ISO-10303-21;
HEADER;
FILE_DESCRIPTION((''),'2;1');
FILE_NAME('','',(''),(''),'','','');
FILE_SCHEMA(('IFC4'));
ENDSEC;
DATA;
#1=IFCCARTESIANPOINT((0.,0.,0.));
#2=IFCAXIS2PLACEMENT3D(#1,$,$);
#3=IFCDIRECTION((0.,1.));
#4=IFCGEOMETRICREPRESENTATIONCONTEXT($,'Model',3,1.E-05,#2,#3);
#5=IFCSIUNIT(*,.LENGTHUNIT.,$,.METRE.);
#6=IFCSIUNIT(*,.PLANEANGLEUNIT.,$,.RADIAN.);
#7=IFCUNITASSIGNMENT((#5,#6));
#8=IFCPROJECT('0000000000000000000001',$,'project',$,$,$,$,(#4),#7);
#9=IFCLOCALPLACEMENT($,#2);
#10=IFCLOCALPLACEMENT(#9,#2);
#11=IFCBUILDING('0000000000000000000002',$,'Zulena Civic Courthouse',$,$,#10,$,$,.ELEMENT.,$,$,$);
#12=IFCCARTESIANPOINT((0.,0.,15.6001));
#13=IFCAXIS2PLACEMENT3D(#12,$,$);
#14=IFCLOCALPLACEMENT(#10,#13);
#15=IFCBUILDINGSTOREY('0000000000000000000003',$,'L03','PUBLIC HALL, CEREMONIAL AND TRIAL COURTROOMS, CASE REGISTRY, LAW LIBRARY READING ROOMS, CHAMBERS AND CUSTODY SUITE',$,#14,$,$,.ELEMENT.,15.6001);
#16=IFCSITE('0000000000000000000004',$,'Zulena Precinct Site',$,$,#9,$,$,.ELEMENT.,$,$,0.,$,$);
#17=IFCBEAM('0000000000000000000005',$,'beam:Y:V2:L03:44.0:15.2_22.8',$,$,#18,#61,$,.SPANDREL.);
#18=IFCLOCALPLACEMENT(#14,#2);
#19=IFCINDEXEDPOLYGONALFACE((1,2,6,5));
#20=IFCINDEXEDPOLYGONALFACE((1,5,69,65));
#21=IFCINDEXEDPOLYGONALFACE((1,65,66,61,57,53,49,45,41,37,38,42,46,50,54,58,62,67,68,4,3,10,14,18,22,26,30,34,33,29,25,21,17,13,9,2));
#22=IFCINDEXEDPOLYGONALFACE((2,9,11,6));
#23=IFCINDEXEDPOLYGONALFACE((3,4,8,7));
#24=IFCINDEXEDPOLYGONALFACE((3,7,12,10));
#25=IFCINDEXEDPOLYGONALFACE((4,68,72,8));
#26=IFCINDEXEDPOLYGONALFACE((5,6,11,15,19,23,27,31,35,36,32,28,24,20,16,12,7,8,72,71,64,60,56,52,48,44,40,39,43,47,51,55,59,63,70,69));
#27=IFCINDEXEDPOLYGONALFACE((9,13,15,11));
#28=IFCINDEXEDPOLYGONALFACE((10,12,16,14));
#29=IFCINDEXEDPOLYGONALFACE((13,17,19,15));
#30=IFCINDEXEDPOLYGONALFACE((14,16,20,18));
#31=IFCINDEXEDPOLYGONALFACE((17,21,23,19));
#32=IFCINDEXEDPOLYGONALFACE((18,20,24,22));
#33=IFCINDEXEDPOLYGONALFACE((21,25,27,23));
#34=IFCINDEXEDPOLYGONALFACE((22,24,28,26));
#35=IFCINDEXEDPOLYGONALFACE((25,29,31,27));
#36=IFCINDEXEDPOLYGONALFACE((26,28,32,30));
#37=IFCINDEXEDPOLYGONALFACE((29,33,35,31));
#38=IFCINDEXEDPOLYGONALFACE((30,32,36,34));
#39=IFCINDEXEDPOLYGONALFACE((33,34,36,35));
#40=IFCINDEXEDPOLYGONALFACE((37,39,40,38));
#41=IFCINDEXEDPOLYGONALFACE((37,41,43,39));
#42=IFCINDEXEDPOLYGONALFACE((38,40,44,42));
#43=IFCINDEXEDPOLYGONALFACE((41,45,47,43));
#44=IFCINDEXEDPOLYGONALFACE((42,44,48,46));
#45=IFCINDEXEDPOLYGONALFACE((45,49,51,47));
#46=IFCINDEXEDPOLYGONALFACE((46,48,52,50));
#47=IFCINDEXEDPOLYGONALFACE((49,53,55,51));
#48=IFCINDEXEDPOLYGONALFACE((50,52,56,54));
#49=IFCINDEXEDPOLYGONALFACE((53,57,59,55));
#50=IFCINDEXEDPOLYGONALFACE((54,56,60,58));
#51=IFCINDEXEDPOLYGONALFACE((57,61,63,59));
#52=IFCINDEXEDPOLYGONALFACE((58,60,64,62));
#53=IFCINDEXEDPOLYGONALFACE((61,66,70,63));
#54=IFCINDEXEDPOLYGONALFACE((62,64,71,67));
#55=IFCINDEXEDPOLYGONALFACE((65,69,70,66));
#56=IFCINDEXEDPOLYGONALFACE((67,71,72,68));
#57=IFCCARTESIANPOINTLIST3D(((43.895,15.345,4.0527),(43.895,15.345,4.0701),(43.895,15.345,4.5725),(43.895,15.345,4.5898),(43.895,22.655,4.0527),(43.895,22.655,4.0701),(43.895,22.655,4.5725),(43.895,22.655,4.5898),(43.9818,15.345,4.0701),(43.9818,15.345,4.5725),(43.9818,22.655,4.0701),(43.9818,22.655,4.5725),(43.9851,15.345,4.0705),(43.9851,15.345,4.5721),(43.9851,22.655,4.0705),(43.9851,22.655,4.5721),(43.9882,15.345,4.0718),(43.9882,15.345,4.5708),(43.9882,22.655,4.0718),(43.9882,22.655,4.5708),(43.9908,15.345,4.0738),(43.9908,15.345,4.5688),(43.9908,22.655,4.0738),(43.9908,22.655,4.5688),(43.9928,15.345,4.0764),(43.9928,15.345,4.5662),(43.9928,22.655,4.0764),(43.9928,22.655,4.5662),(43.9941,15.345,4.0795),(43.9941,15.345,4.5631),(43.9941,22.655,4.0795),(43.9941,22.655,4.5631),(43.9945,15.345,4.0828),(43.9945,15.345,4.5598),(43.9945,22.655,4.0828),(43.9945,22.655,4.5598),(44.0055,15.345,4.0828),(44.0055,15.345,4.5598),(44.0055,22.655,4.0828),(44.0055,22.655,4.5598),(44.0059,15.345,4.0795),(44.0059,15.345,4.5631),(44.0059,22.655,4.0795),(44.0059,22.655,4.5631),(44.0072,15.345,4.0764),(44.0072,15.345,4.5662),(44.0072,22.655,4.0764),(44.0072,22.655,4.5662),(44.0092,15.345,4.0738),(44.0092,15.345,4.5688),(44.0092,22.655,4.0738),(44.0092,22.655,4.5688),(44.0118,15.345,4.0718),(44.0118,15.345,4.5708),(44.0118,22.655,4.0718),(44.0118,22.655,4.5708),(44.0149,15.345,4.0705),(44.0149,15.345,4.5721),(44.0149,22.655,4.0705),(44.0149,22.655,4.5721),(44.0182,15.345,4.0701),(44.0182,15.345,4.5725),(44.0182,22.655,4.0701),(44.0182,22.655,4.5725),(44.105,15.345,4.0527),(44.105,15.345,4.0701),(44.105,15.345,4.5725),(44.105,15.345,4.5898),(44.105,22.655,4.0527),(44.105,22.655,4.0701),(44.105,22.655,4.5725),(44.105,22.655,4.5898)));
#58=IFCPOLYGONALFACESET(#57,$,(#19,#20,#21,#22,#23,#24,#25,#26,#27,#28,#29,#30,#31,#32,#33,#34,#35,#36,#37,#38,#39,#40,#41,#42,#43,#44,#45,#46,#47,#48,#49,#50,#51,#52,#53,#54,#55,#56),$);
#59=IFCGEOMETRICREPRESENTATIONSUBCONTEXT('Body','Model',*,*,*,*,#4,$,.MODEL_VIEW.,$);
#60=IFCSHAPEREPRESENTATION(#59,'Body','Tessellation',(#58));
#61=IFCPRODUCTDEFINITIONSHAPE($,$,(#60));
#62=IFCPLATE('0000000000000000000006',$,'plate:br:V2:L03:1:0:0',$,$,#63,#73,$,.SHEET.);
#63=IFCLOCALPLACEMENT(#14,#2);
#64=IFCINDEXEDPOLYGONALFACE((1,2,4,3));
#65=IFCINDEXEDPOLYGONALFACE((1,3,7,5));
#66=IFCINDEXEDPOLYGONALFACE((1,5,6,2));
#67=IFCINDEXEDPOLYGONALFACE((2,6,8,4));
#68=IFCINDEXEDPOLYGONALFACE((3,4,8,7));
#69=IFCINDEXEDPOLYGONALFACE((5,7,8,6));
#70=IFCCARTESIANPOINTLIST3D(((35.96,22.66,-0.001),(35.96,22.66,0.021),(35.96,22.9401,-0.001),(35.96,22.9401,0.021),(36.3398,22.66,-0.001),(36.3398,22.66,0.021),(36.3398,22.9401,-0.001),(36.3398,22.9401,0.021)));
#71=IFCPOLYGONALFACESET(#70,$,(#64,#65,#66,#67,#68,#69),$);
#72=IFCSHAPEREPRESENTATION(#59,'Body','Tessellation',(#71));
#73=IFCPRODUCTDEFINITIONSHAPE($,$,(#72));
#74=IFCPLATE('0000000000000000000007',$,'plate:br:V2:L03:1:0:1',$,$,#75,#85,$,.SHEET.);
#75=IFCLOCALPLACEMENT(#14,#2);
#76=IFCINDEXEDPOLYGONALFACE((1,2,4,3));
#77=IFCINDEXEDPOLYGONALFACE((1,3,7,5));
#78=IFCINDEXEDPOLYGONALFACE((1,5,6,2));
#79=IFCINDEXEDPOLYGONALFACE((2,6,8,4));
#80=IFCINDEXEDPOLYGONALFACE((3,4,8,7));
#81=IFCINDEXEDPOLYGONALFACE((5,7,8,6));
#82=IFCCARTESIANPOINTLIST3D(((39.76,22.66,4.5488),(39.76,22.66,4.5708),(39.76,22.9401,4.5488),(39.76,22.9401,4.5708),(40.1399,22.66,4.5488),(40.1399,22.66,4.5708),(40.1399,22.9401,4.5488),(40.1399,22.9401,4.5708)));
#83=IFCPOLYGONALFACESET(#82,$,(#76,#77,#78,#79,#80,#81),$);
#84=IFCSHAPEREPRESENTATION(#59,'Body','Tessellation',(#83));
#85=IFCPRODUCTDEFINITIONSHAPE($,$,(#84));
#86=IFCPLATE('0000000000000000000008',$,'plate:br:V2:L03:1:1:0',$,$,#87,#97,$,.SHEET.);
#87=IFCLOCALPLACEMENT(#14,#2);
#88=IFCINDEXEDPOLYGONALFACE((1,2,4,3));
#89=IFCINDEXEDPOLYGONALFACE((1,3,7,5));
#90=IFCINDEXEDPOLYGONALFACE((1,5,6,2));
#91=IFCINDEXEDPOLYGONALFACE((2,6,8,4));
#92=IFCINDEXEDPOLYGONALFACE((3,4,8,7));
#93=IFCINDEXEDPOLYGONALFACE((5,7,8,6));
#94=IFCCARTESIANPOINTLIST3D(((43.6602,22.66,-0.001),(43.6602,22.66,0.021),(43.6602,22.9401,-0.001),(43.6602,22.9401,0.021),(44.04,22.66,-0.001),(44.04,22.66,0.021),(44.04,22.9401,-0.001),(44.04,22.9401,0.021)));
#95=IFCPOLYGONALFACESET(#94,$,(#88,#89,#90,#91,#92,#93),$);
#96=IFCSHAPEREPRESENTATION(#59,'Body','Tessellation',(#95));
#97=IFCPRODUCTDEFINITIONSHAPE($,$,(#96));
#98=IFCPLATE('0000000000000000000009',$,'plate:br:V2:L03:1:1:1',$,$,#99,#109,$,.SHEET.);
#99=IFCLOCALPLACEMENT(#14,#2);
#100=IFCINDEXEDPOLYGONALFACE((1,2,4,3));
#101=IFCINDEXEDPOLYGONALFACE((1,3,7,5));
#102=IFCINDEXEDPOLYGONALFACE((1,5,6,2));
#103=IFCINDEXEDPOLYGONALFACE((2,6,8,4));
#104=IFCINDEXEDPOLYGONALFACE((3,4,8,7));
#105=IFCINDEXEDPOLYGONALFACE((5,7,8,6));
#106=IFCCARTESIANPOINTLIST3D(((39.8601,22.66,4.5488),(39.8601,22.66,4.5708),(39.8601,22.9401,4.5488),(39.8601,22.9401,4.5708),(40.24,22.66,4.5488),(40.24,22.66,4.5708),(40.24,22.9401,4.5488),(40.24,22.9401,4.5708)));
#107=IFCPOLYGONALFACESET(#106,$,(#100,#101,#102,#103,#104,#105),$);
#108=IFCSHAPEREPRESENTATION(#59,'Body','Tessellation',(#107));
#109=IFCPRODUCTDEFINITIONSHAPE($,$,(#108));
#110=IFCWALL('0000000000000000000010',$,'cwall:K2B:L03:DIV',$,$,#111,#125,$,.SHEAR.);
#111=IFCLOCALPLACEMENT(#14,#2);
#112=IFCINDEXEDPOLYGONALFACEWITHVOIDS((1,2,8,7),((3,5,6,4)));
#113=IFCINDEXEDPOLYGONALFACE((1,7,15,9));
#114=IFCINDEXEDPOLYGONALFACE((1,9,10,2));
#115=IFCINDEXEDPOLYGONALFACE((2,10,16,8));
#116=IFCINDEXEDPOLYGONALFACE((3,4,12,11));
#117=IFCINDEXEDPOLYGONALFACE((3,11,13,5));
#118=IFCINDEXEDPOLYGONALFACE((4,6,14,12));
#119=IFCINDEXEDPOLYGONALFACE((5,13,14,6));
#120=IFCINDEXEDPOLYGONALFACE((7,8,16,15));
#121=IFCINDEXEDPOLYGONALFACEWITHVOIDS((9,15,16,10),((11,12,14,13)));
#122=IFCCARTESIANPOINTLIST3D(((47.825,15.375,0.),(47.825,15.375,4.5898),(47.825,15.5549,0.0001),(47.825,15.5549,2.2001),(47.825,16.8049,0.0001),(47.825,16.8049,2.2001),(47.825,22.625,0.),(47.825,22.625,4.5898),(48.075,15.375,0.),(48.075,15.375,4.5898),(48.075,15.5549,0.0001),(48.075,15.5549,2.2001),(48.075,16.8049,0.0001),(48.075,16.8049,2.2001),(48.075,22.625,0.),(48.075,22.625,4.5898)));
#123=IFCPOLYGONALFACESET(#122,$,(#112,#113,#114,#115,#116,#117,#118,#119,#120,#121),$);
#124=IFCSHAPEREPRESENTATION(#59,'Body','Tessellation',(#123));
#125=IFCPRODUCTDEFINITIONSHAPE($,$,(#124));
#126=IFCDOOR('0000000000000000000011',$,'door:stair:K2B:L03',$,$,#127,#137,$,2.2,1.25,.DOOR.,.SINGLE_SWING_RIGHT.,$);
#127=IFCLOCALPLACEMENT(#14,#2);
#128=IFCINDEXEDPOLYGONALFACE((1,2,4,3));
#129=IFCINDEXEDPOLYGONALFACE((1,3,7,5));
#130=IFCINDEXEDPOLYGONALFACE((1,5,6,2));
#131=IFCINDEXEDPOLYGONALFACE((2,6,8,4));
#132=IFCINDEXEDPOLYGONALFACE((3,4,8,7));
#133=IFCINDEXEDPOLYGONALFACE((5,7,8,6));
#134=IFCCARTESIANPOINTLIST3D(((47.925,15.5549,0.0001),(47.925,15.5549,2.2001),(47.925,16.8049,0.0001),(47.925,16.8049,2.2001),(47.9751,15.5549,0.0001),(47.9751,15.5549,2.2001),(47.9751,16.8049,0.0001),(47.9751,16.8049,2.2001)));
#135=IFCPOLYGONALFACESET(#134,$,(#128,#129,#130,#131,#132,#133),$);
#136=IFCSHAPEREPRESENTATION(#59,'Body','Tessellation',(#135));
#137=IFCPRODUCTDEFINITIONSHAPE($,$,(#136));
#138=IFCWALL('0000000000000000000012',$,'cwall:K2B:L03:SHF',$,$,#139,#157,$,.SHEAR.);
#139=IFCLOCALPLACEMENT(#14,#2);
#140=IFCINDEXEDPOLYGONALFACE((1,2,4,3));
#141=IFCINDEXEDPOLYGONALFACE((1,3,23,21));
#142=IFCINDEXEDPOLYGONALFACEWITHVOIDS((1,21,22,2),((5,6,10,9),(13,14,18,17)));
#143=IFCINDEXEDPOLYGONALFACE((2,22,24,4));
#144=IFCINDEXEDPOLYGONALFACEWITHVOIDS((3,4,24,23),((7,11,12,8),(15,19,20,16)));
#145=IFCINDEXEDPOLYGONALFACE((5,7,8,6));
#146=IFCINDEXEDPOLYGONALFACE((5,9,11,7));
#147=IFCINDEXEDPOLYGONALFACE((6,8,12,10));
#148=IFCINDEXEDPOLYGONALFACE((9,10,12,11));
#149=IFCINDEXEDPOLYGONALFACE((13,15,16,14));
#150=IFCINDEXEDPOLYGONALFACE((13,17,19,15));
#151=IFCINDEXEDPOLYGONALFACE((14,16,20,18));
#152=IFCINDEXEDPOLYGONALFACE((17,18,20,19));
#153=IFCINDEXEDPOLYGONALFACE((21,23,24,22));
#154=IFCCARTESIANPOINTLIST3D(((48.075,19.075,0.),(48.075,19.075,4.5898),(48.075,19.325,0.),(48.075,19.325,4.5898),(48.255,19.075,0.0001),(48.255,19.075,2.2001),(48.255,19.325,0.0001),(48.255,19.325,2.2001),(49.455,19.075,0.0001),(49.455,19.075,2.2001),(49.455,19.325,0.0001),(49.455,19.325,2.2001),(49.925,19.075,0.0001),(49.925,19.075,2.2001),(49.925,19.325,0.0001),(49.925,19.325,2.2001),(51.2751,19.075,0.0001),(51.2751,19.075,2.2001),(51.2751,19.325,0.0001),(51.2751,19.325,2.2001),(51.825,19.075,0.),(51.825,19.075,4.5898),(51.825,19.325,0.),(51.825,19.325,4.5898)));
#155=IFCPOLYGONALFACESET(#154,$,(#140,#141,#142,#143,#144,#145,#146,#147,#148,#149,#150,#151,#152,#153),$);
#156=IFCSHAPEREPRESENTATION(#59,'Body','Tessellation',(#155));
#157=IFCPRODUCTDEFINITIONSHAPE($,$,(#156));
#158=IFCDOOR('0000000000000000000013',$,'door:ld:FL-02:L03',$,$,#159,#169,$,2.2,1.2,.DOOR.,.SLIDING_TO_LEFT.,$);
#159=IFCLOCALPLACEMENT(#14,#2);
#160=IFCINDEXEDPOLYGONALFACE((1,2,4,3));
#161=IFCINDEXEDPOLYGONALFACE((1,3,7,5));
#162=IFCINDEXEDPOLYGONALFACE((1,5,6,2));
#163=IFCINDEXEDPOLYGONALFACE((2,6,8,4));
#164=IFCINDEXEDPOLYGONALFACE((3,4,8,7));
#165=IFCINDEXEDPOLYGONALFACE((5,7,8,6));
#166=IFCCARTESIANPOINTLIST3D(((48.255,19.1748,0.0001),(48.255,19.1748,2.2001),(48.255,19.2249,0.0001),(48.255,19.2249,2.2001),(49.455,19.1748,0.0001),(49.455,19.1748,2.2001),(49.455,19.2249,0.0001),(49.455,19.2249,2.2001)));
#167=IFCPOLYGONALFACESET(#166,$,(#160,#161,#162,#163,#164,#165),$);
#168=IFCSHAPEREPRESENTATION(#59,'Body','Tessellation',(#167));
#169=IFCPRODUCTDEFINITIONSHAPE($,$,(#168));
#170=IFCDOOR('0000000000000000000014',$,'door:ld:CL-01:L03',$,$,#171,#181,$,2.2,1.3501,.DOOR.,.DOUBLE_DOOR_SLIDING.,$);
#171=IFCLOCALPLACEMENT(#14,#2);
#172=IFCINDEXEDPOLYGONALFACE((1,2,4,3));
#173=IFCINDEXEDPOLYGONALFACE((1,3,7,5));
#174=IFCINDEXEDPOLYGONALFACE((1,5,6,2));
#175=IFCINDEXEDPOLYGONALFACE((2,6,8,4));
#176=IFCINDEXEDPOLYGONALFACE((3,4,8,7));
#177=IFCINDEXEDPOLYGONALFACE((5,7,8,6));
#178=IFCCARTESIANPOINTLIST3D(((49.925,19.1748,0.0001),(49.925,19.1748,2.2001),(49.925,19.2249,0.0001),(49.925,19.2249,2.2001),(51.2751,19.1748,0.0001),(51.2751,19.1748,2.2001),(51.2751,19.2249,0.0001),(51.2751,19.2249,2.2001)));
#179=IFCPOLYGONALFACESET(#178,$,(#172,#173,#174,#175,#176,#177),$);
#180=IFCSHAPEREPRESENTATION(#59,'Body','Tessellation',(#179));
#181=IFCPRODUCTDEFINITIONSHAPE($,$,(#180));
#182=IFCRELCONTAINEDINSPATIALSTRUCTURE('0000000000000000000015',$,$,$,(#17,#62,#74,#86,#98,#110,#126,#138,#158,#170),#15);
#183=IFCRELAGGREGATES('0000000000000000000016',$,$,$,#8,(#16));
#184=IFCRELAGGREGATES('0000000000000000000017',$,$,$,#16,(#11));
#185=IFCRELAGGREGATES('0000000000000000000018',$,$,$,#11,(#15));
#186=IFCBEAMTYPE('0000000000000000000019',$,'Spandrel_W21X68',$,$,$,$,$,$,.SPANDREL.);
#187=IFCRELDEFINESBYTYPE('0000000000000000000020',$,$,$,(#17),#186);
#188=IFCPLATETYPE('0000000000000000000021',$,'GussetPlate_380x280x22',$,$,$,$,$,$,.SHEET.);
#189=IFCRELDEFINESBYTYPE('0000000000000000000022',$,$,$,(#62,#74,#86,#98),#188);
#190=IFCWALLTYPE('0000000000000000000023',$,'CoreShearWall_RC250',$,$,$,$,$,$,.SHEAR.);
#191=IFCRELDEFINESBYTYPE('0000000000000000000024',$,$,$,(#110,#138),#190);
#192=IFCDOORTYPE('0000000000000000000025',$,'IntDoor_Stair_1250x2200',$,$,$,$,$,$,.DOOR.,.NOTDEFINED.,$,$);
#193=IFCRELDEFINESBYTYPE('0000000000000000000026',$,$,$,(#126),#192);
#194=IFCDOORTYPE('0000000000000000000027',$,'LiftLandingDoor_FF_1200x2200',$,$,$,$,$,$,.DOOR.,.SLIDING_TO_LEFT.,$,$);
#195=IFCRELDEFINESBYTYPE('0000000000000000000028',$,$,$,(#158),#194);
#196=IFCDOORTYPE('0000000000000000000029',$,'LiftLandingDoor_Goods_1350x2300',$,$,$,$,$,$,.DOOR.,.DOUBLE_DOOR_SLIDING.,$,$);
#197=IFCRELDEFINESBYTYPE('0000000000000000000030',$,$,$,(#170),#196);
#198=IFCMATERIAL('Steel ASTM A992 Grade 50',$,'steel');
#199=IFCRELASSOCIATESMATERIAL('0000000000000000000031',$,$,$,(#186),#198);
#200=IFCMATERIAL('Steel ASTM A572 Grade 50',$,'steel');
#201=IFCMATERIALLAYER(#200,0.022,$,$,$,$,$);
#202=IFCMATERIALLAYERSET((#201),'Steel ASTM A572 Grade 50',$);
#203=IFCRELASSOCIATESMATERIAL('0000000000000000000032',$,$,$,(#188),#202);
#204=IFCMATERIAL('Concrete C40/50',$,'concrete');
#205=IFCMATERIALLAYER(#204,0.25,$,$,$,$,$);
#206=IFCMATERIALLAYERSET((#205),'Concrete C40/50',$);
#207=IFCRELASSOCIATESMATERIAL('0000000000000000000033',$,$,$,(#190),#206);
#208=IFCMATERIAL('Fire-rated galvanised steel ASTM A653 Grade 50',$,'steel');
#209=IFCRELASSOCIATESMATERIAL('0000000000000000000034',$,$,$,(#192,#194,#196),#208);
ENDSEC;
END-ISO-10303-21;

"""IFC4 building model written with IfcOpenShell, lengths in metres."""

from ifc_helpers import new_model, si_unit, direction, frame, frame_2d, origin, origin_2d, place, context, subcontext, project, spatial, rectangle, i_section, extrude, material, layer, layer_set, material_profile, profile_set, type_object, element, fill, save


model = new_model("IFC4")

# Units and contexts
model_context = context("Model", 3, precision=1e-05, world=origin(), true_north=direction((0.0, 1.0)))
body_context = subcontext(model_context, "Body", "Model", "MODEL_VIEW")
ifc_project = project(units=[si_unit("LENGTHUNIT", "METRE"), si_unit("PLANEANGLEUNIT", "RADIAN")], contexts=[model_context])

# Site, building, storey
site_placement = place(None, origin())
site = spatial("IfcSite", under=ifc_project, at=site_placement, Name="Zulena Precinct Site", CompositionType="ELEMENT", RefElevation=0.0)
building_placement = place(site_placement, origin())
building = spatial("IfcBuilding", under=site, at=building_placement, Name="Zulena Civic Courthouse", CompositionType="ELEMENT")
storey_placement = place(building_placement, frame((0.0, 0.0, 15.6001)))
storey = spatial("IfcBuildingStorey", under=building, at=storey_placement, Name="L03", Description="PUBLIC HALL, CEREMONIAL AND TRIAL COURTROOMS, CASE REGISTRY, LAW LIBRARY READING ROOMS, CHAMBERS AND CUSTODY SUITE", CompositionType="ELEMENT", Elevation=15.6001)

# Shared definitions
ifc_material_1 = material(Name="Steel ASTM A992 Grade 50", Category="steel")

# Beam
ifc_material_profile_1 = material_profile(ifc_material_1, i_section(OverallWidth=0.21, OverallDepth=0.5371, WebThickness=0.011, FlangeThickness=0.0173, FilletRadius=0.0127, at=origin_2d()), Name="W21X68")
ifc_profile_set_1 = profile_set([ifc_material_profile_1], Name="Steel ASTM A992 Grade 50")
beam_type_1 = type_object("IfcBeamType", Name="Spandrel_W21X68", PredefinedType="SPANDREL", material=ifc_profile_set_1)
for number, where, z_axis, x_axis, name in (
    (1, (44.0, 15.345, 4.3213), (0.0, 1.0, 0.0), (-1.0, 0.0, 0.0), "beam:Y:V2:L03:44.0:15.2_22.8"),
):
    element("IfcBeam", number, at=place(storey_placement, frame(where, z_axis=z_axis, x_axis=x_axis)), inside=storey, type_object=beam_type_1, Name=name, PredefinedType="SPANDREL", context=body_context, shape_type="SweptSolid", body=[
        extrude(i_section(OverallWidth=0.21, OverallDepth=0.5371, WebThickness=0.011, FlangeThickness=0.0173, FilletRadius=0.0127, at=origin_2d()), origin(), (0.0, 0.0, 1.0), 7.3101),
    ])

# Plates
ifc_material_2 = material(Name="Steel ASTM A572 Grade 50", Category="steel")
ifc_layer_1 = layer(ifc_material_2, 0.022)
ifc_layer_set_1 = layer_set([ifc_layer_1], Name="Steel ASTM A572 Grade 50")
plate_type = type_object("IfcPlateType", Name="GussetPlate_380x280x22", PredefinedType="SHEET", material=ifc_layer_set_1)
for number, where, z_axis, x_axis, name in (
    (2, (36.1499, 22.8, -0.001), (0.0, 0.0, 1.0), (1.0, 0.0, 0.0), "plate:br:V2:L03:1:0:0"),
    (3, (39.95, 22.8, 4.5488), (0.0, 0.0, 1.0), (1.0, 0.0, 0.0), "plate:br:V2:L03:1:0:1"),
    (4, (43.8501, 22.8, -0.001), (0.0, 0.0, 1.0), (1.0, 0.0, 0.0), "plate:br:V2:L03:1:1:0"),
    (5, (40.05, 22.8, 4.5488), (0.0, 0.0, 1.0), (1.0, 0.0, 0.0), "plate:br:V2:L03:1:1:1"),
):
    element("IfcPlate", number, at=place(storey_placement, frame(where, z_axis=z_axis, x_axis=x_axis)), inside=storey, type_object=plate_type, Name=name, PredefinedType="SHEET", context=body_context, shape_type="SweptSolid", body=[
        extrude(rectangle(XDim=0.3799, YDim=0.28, at=origin_2d()), origin(), (0.0, 0.0, 1.0), 0.022),
    ])

# Wall, opening, door
ifc_material_3 = material(Name="Concrete C40/50", Category="concrete")
ifc_layer_2 = layer(ifc_material_3, 0.25)
ifc_layer_set_2 = layer_set([ifc_layer_2], Name="Concrete C40/50")
wall_type_1 = type_object("IfcWallType", Name="CoreShearWall_RC250", PredefinedType="SHEAR", material=ifc_layer_set_2)
wall_1_placement = place(storey_placement, frame((47.95, 15.375, 0.0), z_axis=(0.0, 0.0, 1.0), x_axis=(0.0, 1.0, 0.0)))
wall_1 = element("IfcWall", 6, at=wall_1_placement, inside=storey, type_object=wall_type_1, Name="cwall:K2B:L03:DIV", PredefinedType="SHEAR", context=body_context, shape_type="SweptSolid", body=[
    extrude(rectangle(XDim=7.25, YDim=0.25, at=frame_2d((3.625, 0.0))), origin(), (0.0, 0.0, 1.0), 4.5898),
])
opening_1_placement = place(wall_1_placement, frame((0.1799, 0.0, 0.0)))
opening_1 = element("IfcOpeningElement", 7, at=opening_1_placement, cuts=wall_1, PredefinedType="OPENING", context=body_context, shape_type="SweptSolid", body=[
    extrude(rectangle(XDim=1.25, YDim=2.2, at=frame_2d((0.625, 1.1001))), frame((0.0, 0.135, 0.0), z_axis=(0.0, -1.0, 0.0), x_axis=(1.0, 0.0, 0.0)), (0.0, 0.0, 1.0), 0.27),
])
ifc_material_4 = material(Name="Fire-rated galvanised steel ASTM A653 Grade 50", Category="steel")
door_type_1 = type_object("IfcDoorType", Name="IntDoor_Stair_1250x2200", OperationType="NOTDEFINED", PredefinedType="DOOR", material=ifc_material_4)
door_1_placement = place(opening_1_placement, origin())
door_1 = element("IfcDoor", 8, at=door_1_placement, inside=storey, type_object=door_type_1, Name="door:stair:K2B:L03", OperationType="SINGLE_SWING_RIGHT", OverallHeight=2.2, OverallWidth=1.25, PredefinedType="DOOR", context=body_context, shape_type="SweptSolid", body=[
    extrude(rectangle(XDim=1.25, YDim=2.2, at=frame_2d((0.625, 1.1001))), frame((0.0, 0.0249, 0.0), z_axis=(0.0, -1.0, 0.0), x_axis=(1.0, 0.0, 0.0)), (0.0, 0.0, 1.0), 0.05),
])
fill(opening_1, door_1)

# Wall, openings, doors
wall_2_placement = place(storey_placement, frame((48.075, 19.2, 0.0), z_axis=(0.0, 0.0, 1.0), x_axis=(1.0, 0.0, 0.0)))
wall_2 = element("IfcWall", 9, at=wall_2_placement, inside=storey, type_object=wall_type_1, Name="cwall:K2B:L03:SHF", PredefinedType="SHEAR", context=body_context, shape_type="SweptSolid", body=[
    extrude(rectangle(XDim=3.75, YDim=0.25, at=frame_2d((1.875, 0.0))), origin(), (0.0, 0.0, 1.0), 4.5898),
])
opening_2_placement = place(wall_2_placement, frame((0.1799, 0.0, 0.0)))
opening_2 = element("IfcOpeningElement", 10, at=opening_2_placement, cuts=wall_2, PredefinedType="OPENING", context=body_context, shape_type="SweptSolid", body=[
    extrude(rectangle(XDim=1.2, YDim=2.2, at=frame_2d((0.6001, 1.1001))), frame((0.0, 0.135, 0.0), z_axis=(0.0, -1.0, 0.0), x_axis=(1.0, 0.0, 0.0)), (0.0, 0.0, 1.0), 0.27),
])
opening_3_placement = place(wall_2_placement, frame((1.8501, 0.0, 0.0)))
opening_3 = element("IfcOpeningElement", 11, at=opening_3_placement, cuts=wall_2, PredefinedType="OPENING", context=body_context, shape_type="SweptSolid", body=[
    extrude(rectangle(XDim=1.3501, YDim=2.2, at=frame_2d((0.675, 1.1001))), frame((0.0, 0.135, 0.0), z_axis=(0.0, -1.0, 0.0), x_axis=(1.0, 0.0, 0.0)), (0.0, 0.0, 1.0), 0.27),
])
door_type_2 = type_object("IfcDoorType", Name="LiftLandingDoor_FF_1200x2200", OperationType="SLIDING_TO_LEFT", PredefinedType="DOOR", material=ifc_material_4)
door_2_placement = place(opening_2_placement, origin())
door_2 = element("IfcDoor", 12, at=door_2_placement, inside=storey, type_object=door_type_2, Name="door:ld:FL-02:L03", OperationType="SLIDING_TO_LEFT", OverallHeight=2.2, OverallWidth=1.2, PredefinedType="DOOR", context=body_context, shape_type="SweptSolid", body=[
    extrude(rectangle(XDim=1.2, YDim=2.2, at=frame_2d((0.6001, 1.1001))), frame((0.0, 0.0249, 0.0), z_axis=(0.0, -1.0, 0.0), x_axis=(1.0, 0.0, 0.0)), (0.0, 0.0, 1.0), 0.05),
])
fill(opening_2, door_2)
door_type_3 = type_object("IfcDoorType", Name="LiftLandingDoor_Goods_1350x2300", OperationType="DOUBLE_DOOR_SLIDING", PredefinedType="DOOR", material=ifc_material_4)
door_3_placement = place(opening_3_placement, origin())
door_3 = element("IfcDoor", 13, at=door_3_placement, inside=storey, type_object=door_type_3, Name="door:ld:CL-01:L03", OperationType="DOUBLE_DOOR_SLIDING", OverallHeight=2.2, OverallWidth=1.3501, PredefinedType="DOOR", context=body_context, shape_type="SweptSolid", body=[
    extrude(rectangle(XDim=1.3501, YDim=2.2, at=frame_2d((0.675, 1.1001))), frame((0.0, 0.0249, 0.0), z_axis=(0.0, -1.0, 0.0), x_axis=(1.0, 0.0, 0.0)), (0.0, 0.0, 1.0), 0.05),
])
fill(opening_3, door_3)

save(model, "model.ifc")
